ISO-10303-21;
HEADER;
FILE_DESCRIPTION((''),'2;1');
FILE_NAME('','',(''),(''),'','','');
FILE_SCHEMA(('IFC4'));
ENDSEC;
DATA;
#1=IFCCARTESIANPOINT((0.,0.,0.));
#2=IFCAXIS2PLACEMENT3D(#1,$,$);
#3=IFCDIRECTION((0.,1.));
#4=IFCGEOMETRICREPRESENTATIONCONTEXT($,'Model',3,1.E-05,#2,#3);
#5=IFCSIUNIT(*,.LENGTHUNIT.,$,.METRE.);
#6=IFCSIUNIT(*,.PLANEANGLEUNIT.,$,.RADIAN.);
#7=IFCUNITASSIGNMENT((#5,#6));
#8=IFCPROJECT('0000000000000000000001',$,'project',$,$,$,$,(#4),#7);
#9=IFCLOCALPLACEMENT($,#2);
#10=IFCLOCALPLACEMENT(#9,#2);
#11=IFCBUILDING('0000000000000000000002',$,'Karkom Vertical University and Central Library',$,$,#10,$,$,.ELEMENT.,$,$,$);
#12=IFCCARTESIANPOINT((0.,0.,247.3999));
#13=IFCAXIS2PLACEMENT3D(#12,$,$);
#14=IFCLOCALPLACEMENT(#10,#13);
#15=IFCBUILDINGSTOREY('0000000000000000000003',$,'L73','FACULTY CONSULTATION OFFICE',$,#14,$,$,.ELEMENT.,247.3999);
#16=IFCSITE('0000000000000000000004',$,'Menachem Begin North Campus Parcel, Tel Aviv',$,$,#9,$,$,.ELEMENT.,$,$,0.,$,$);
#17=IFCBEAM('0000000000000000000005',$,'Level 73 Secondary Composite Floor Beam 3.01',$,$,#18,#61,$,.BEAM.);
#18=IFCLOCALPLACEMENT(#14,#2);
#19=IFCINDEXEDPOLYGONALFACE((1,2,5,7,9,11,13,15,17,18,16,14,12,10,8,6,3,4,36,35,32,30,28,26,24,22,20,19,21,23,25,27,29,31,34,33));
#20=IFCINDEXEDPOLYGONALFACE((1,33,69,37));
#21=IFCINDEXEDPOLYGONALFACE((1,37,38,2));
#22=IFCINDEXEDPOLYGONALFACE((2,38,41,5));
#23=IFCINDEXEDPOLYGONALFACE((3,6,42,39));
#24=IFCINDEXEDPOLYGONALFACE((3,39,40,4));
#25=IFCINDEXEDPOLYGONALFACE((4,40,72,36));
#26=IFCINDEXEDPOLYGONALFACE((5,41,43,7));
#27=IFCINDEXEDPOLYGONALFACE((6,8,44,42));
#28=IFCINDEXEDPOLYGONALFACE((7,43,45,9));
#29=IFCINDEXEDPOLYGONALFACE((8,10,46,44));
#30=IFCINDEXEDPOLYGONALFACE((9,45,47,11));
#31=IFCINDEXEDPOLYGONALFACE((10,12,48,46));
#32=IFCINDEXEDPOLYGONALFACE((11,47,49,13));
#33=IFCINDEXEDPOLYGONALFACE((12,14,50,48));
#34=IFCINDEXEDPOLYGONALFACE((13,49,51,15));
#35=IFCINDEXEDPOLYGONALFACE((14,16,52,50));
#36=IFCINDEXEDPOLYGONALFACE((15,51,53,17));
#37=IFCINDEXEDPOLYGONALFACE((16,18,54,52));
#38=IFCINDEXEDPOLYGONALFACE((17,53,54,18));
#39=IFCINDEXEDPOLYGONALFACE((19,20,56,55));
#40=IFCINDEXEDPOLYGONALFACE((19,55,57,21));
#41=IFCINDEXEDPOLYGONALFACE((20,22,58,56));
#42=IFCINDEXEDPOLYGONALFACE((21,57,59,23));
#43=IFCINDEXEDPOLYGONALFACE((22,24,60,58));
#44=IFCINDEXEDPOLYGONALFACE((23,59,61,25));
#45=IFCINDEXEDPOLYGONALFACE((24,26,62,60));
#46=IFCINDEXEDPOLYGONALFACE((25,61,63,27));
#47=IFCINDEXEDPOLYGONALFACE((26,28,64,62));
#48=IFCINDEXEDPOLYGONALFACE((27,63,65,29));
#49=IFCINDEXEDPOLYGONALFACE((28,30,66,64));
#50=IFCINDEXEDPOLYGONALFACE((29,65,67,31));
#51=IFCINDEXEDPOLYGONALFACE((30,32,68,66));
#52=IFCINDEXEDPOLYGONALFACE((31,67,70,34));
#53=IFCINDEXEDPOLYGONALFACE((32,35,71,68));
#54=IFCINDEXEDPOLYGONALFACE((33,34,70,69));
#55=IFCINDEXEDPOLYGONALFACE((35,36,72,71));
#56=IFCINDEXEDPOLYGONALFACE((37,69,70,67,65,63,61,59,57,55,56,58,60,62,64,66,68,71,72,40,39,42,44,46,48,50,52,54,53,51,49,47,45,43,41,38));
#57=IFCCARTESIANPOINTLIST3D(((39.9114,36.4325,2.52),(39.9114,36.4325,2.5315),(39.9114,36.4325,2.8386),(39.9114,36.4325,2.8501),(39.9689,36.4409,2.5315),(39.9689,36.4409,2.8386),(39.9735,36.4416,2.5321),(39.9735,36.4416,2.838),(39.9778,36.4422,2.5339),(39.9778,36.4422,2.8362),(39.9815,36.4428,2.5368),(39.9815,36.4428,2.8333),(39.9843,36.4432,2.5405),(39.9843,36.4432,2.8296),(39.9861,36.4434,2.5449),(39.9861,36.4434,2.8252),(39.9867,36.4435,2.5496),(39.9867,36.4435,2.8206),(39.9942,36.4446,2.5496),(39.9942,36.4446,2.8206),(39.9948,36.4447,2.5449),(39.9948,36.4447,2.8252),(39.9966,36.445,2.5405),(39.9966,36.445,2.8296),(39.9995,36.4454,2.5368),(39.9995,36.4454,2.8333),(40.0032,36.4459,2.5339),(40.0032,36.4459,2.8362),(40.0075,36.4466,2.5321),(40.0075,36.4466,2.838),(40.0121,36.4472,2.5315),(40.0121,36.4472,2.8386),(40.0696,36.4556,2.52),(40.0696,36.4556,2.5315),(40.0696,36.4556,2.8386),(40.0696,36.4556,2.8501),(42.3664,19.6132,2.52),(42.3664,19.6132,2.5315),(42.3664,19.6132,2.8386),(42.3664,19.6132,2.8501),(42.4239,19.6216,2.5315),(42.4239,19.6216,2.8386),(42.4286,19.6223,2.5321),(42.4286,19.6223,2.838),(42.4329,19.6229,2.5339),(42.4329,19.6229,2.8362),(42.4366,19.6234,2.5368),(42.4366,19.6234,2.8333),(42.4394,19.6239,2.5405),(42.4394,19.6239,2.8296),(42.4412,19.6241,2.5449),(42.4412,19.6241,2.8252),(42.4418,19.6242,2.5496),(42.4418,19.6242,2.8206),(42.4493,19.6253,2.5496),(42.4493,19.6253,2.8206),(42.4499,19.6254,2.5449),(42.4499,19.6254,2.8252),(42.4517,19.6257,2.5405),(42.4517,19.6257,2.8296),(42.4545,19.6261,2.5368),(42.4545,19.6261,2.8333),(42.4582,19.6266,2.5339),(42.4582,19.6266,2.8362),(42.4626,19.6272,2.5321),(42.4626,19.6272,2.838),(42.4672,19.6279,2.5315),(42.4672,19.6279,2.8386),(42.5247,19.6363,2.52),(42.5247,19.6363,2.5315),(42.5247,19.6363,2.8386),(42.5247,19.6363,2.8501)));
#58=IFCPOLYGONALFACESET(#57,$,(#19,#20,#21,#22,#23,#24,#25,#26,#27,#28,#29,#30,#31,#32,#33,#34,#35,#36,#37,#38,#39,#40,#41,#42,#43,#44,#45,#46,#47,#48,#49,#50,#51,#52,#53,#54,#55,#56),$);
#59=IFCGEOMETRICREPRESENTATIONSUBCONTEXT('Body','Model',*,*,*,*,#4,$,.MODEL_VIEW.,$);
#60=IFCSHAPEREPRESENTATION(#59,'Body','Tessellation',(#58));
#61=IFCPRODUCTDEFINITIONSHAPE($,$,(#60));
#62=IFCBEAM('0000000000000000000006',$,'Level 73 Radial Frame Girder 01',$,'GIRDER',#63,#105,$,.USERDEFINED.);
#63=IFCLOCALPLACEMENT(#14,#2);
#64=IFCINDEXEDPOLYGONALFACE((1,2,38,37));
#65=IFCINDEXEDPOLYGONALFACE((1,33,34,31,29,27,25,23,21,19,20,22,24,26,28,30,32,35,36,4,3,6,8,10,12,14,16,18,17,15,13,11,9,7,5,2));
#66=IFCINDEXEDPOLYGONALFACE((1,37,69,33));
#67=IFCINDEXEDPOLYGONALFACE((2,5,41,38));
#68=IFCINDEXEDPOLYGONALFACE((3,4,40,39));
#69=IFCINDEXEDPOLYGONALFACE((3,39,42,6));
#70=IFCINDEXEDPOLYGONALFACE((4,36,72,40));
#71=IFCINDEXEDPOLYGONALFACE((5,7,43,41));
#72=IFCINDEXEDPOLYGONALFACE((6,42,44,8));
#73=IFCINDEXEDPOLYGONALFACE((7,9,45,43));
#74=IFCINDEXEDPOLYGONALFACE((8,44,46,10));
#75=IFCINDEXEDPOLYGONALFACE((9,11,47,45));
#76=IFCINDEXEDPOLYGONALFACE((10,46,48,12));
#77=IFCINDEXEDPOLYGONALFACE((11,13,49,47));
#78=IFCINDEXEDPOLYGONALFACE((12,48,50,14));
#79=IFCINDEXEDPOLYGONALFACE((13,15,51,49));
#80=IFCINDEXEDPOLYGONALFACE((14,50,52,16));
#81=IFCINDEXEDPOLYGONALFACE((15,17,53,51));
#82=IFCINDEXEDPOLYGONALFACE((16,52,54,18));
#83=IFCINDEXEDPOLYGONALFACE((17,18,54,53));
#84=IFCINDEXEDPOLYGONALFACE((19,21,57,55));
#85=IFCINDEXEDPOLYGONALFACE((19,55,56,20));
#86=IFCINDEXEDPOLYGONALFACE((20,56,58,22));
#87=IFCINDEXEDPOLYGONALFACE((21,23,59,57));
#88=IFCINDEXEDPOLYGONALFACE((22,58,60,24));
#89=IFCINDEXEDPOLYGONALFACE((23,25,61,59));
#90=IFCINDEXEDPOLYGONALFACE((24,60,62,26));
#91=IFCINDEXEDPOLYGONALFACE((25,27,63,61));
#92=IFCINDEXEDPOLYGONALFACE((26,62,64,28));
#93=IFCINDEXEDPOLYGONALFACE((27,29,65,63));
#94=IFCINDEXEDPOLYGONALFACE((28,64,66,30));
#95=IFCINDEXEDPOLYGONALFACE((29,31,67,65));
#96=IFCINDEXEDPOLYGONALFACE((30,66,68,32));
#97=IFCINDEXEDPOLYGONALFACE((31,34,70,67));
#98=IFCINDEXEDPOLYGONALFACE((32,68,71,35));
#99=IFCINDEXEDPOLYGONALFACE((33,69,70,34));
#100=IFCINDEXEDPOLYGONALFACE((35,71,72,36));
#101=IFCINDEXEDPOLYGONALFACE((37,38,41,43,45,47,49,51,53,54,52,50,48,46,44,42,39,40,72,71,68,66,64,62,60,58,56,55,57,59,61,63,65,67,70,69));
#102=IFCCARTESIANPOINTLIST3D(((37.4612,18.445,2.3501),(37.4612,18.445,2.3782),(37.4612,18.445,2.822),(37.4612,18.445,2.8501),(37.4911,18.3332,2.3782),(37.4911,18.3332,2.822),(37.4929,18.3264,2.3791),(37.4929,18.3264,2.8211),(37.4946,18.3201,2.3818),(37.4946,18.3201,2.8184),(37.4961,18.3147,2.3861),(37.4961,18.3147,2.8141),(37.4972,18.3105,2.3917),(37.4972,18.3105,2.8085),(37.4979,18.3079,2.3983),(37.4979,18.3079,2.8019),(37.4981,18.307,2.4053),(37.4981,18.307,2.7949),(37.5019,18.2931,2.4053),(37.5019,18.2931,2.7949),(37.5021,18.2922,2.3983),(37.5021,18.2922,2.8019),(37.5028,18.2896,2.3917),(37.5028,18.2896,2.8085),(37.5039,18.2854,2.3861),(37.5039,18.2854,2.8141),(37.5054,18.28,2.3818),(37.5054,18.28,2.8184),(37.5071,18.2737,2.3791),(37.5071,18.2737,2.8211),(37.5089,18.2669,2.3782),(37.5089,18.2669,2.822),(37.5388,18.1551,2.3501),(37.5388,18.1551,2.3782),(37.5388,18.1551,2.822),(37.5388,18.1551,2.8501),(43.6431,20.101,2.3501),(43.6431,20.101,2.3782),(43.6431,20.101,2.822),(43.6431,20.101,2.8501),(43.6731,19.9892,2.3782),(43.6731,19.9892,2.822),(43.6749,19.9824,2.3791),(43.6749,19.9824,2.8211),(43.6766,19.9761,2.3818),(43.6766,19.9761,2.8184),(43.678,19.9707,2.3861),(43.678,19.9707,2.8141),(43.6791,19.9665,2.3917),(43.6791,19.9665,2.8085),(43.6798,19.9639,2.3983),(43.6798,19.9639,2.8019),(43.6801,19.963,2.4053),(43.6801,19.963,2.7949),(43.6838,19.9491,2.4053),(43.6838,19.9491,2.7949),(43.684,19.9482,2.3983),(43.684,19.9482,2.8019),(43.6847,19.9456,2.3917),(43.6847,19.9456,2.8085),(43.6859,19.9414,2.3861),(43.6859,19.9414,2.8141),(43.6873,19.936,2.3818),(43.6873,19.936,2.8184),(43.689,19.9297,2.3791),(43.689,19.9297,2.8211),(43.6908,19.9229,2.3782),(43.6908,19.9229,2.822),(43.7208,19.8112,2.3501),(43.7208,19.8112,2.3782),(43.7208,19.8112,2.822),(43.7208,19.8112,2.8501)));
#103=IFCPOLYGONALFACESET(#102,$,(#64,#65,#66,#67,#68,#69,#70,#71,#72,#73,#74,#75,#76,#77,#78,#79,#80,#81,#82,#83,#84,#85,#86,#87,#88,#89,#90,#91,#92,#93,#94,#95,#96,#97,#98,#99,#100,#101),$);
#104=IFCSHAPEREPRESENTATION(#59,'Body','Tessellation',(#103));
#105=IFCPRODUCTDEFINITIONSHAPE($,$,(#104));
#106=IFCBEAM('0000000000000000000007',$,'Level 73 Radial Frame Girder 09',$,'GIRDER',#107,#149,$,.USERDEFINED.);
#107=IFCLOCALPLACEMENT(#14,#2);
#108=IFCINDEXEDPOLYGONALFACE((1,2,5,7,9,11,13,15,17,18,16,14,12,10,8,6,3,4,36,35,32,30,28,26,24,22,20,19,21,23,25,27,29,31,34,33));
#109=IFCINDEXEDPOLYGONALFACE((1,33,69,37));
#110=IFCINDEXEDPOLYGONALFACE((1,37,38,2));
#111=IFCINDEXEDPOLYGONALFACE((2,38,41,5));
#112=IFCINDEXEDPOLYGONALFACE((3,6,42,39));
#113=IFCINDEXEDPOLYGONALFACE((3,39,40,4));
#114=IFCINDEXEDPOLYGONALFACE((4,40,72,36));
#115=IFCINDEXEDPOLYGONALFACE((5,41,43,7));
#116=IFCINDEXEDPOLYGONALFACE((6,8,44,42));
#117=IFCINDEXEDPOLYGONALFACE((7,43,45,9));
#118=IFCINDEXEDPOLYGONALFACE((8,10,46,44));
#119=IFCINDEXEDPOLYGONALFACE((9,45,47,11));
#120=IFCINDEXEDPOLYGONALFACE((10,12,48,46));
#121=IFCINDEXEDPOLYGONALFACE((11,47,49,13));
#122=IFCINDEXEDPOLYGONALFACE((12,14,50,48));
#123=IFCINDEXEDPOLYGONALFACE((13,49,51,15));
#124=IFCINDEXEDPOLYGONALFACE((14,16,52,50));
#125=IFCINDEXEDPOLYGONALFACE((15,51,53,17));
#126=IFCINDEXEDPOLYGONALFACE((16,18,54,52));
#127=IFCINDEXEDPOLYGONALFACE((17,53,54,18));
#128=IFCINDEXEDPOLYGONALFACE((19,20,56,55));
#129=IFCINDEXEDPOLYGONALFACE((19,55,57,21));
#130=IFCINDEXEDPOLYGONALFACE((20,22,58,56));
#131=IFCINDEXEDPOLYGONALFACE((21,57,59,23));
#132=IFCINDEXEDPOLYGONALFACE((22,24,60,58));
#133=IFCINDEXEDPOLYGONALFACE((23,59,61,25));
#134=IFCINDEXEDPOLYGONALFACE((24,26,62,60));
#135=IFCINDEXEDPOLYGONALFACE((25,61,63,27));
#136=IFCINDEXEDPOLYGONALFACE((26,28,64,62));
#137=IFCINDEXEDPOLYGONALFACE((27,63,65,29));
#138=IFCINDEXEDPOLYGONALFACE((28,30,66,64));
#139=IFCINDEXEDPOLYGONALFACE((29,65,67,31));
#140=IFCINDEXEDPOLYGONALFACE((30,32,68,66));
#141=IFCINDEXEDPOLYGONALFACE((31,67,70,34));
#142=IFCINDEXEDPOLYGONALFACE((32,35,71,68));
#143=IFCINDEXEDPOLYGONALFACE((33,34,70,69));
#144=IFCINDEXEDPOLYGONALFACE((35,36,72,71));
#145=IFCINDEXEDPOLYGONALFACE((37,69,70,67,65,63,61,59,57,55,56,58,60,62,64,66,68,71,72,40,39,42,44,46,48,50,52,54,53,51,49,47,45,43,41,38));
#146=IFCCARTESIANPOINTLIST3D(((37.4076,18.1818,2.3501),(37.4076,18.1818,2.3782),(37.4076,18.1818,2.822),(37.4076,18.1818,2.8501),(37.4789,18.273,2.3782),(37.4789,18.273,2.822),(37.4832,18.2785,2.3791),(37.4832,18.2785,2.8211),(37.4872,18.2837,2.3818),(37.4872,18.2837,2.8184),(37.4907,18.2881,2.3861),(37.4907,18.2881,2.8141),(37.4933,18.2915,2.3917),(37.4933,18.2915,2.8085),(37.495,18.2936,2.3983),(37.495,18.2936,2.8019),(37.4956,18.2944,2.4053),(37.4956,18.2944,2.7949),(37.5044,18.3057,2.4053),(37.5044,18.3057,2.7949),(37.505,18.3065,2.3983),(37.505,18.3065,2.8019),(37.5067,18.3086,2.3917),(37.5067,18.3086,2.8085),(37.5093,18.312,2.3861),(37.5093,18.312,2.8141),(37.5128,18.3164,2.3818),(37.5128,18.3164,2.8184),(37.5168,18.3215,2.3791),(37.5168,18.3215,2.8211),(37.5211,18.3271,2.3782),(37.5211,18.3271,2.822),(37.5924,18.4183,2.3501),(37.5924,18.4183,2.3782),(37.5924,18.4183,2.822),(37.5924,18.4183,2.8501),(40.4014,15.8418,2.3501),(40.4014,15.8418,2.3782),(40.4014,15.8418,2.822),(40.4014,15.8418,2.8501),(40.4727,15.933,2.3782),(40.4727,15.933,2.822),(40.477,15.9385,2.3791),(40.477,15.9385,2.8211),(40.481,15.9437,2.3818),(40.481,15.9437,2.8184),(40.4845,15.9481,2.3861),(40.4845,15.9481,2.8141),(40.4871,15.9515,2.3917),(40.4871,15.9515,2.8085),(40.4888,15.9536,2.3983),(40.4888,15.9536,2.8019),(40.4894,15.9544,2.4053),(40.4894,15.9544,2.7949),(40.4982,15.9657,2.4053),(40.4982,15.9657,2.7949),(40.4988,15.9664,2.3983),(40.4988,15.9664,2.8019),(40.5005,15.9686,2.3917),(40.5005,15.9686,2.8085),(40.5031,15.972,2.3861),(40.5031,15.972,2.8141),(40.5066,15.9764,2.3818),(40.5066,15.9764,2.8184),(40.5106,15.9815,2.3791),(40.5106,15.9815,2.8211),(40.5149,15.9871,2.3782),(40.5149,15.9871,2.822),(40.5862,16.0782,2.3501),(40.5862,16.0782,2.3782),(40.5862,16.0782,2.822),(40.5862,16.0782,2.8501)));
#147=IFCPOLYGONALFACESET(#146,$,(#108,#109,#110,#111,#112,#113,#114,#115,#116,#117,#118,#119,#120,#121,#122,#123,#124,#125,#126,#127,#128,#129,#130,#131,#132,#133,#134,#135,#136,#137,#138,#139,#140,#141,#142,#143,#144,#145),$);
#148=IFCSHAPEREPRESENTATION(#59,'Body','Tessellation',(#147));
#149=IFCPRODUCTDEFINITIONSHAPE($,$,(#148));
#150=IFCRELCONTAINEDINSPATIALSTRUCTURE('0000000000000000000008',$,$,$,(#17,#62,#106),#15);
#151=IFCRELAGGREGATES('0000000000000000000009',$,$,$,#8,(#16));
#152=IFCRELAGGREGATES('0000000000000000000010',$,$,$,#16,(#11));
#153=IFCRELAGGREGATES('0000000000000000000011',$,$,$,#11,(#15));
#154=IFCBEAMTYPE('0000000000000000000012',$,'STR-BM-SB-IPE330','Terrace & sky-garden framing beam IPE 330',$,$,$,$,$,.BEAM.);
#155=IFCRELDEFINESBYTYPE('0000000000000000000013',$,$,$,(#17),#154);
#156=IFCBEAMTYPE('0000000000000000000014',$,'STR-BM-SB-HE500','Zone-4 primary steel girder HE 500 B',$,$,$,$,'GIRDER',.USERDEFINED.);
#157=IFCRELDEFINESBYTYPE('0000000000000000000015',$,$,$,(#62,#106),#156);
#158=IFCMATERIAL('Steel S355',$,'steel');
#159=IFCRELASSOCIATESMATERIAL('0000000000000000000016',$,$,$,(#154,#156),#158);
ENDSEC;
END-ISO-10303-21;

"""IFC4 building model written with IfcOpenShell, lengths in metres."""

from ifc_helpers import new_model, si_unit, direction, frame, origin, origin_with_axes, origin_2d, place, context, subcontext, project, spatial, i_section, extrude, source, transform, mapped, material, material_profile, profile_set, type_object, element, save


model = new_model("IFC4")

# Units and contexts
model_context = context("Model", 3, precision=1e-05, world=origin(), true_north=direction((0.0, 1.0)))
body_context = subcontext(model_context, "Body", "Model", "MODEL_VIEW")
ifc_project = project(units=[si_unit("LENGTHUNIT", "METRE"), si_unit("PLANEANGLEUNIT", "RADIAN")], contexts=[model_context])

# Site, building, storey
site_placement = place(None, origin())
site = spatial("IfcSite", under=ifc_project, at=site_placement, Name="Menachem Begin North Campus Parcel, Tel Aviv", CompositionType="ELEMENT", RefElevation=0.0)
building_placement = place(site_placement, origin())
building = spatial("IfcBuilding", under=site, at=building_placement, Name="Karkom Vertical University and Central Library", CompositionType="ELEMENT")
storey_placement = place(building_placement, frame((0.0, 0.0, 247.3999)))
storey = spatial("IfcBuildingStorey", under=building, at=storey_placement, Name="L73", Description="FACULTY CONSULTATION OFFICE", CompositionType="ELEMENT", Elevation=247.3999)

# Beams
ifc_material_1 = material(Name="Steel S355", Category="steel")
ifc_material_profile_1 = material_profile(ifc_material_1, i_section(OverallWidth=0.1599, OverallDepth=0.3301, WebThickness=0.0076, FlangeThickness=0.0115, FilletRadius=0.0181, at=origin_2d()), Name="IPE 330")
ifc_profile_set_1 = profile_set([ifc_material_profile_1], Name="Steel S355")
beam_type_1 = type_object("IfcBeamType", Name="STR-BM-SB-IPE330", Description="Terrace & sky-garden framing beam IPE 330", PredefinedType="BEAM", material=ifc_profile_set_1)
shared_shape_1 = source(origin_with_axes(), body_context, "Body", "SweptSolid", [
    extrude(i_section(OverallWidth=0.1599, OverallDepth=0.3301, WebThickness=0.0076, FlangeThickness=0.0115, FilletRadius=0.0181, at=origin_2d()), origin(), (0.0, 0.0, 1.0), 16.9976),
])
beam_1_placement = place(storey_placement, frame((42.4456, 19.6248, 2.6851), z_axis=(-0.144437, 0.989514, 0.0), x_axis=(-0.989514, -0.144437, 0.0)))
element("IfcBeam", 1, at=beam_1_placement, inside=storey, type_object=beam_type_1, Name="Level 73 Secondary Composite Floor Beam 3.01", PredefinedType="BEAM", context=body_context, shape_type="MappedRepresentation", body=[
    mapped(shared_shape_1, transform((0.0, 0.0, 0.0), scale=1.0)),
])
ifc_material_profile_2 = material_profile(ifc_material_1, i_section(OverallWidth=0.3, OverallDepth=0.5, WebThickness=0.0144, FlangeThickness=0.0281, FilletRadius=0.0271, at=origin_2d()), Name="HE 500 B")
ifc_profile_set_2 = profile_set([ifc_material_profile_2], Name="Steel S355")
beam_type_2 = type_object("IfcBeamType", Name="STR-BM-SB-HE500", Description="Zone-4 primary steel girder HE 500 B", ElementType="GIRDER", PredefinedType="USERDEFINED", material=ifc_profile_set_2)
shared_shape_2 = source(origin_with_axes(), body_context, "Body", "SweptSolid", [
    extrude(i_section(OverallWidth=0.3, OverallDepth=0.5, WebThickness=0.0144, FlangeThickness=0.0281, FilletRadius=0.0271, at=origin_2d()), origin(), (0.0, 0.0, 1.0), 6.3999),
])
beam_2_placement = place(storey_placement, frame((37.5, 18.3, 2.6001), z_axis=(0.965942, 0.258757, 0.0), x_axis=(-0.258757, 0.965942, 0.0)))
element("IfcBeam", 2, at=beam_2_placement, inside=storey, type_object=beam_type_2, Name="Level 73 Radial Frame Girder 01", ObjectType="GIRDER", PredefinedType="USERDEFINED", context=body_context, shape_type="MappedRepresentation", body=[
    mapped(shared_shape_2, transform((0.0, 0.0, 0.0), scale=1.0)),
])
shared_shape_3 = source(origin_with_axes(), body_context, "Body", "SweptSolid", [
    extrude(i_section(OverallWidth=0.3, OverallDepth=0.5, WebThickness=0.0144, FlangeThickness=0.0281, FilletRadius=0.0271, at=origin_2d()), origin(), (0.0, 0.0, 1.0), 3.7998),
])
beam_3_placement = place(storey_placement, frame((37.5, 18.3, 2.6001), z_axis=(0.787883, -0.615825, 0.0), x_axis=(0.615825, 0.787883, 0.0)))
element("IfcBeam", 3, at=beam_3_placement, inside=storey, type_object=beam_type_2, Name="Level 73 Radial Frame Girder 09", ObjectType="GIRDER", PredefinedType="USERDEFINED", context=body_context, shape_type="MappedRepresentation", body=[
    mapped(shared_shape_3, transform((0.0, 0.0, 0.0), scale=1.0)),
])

save(model, "model.ifc")
